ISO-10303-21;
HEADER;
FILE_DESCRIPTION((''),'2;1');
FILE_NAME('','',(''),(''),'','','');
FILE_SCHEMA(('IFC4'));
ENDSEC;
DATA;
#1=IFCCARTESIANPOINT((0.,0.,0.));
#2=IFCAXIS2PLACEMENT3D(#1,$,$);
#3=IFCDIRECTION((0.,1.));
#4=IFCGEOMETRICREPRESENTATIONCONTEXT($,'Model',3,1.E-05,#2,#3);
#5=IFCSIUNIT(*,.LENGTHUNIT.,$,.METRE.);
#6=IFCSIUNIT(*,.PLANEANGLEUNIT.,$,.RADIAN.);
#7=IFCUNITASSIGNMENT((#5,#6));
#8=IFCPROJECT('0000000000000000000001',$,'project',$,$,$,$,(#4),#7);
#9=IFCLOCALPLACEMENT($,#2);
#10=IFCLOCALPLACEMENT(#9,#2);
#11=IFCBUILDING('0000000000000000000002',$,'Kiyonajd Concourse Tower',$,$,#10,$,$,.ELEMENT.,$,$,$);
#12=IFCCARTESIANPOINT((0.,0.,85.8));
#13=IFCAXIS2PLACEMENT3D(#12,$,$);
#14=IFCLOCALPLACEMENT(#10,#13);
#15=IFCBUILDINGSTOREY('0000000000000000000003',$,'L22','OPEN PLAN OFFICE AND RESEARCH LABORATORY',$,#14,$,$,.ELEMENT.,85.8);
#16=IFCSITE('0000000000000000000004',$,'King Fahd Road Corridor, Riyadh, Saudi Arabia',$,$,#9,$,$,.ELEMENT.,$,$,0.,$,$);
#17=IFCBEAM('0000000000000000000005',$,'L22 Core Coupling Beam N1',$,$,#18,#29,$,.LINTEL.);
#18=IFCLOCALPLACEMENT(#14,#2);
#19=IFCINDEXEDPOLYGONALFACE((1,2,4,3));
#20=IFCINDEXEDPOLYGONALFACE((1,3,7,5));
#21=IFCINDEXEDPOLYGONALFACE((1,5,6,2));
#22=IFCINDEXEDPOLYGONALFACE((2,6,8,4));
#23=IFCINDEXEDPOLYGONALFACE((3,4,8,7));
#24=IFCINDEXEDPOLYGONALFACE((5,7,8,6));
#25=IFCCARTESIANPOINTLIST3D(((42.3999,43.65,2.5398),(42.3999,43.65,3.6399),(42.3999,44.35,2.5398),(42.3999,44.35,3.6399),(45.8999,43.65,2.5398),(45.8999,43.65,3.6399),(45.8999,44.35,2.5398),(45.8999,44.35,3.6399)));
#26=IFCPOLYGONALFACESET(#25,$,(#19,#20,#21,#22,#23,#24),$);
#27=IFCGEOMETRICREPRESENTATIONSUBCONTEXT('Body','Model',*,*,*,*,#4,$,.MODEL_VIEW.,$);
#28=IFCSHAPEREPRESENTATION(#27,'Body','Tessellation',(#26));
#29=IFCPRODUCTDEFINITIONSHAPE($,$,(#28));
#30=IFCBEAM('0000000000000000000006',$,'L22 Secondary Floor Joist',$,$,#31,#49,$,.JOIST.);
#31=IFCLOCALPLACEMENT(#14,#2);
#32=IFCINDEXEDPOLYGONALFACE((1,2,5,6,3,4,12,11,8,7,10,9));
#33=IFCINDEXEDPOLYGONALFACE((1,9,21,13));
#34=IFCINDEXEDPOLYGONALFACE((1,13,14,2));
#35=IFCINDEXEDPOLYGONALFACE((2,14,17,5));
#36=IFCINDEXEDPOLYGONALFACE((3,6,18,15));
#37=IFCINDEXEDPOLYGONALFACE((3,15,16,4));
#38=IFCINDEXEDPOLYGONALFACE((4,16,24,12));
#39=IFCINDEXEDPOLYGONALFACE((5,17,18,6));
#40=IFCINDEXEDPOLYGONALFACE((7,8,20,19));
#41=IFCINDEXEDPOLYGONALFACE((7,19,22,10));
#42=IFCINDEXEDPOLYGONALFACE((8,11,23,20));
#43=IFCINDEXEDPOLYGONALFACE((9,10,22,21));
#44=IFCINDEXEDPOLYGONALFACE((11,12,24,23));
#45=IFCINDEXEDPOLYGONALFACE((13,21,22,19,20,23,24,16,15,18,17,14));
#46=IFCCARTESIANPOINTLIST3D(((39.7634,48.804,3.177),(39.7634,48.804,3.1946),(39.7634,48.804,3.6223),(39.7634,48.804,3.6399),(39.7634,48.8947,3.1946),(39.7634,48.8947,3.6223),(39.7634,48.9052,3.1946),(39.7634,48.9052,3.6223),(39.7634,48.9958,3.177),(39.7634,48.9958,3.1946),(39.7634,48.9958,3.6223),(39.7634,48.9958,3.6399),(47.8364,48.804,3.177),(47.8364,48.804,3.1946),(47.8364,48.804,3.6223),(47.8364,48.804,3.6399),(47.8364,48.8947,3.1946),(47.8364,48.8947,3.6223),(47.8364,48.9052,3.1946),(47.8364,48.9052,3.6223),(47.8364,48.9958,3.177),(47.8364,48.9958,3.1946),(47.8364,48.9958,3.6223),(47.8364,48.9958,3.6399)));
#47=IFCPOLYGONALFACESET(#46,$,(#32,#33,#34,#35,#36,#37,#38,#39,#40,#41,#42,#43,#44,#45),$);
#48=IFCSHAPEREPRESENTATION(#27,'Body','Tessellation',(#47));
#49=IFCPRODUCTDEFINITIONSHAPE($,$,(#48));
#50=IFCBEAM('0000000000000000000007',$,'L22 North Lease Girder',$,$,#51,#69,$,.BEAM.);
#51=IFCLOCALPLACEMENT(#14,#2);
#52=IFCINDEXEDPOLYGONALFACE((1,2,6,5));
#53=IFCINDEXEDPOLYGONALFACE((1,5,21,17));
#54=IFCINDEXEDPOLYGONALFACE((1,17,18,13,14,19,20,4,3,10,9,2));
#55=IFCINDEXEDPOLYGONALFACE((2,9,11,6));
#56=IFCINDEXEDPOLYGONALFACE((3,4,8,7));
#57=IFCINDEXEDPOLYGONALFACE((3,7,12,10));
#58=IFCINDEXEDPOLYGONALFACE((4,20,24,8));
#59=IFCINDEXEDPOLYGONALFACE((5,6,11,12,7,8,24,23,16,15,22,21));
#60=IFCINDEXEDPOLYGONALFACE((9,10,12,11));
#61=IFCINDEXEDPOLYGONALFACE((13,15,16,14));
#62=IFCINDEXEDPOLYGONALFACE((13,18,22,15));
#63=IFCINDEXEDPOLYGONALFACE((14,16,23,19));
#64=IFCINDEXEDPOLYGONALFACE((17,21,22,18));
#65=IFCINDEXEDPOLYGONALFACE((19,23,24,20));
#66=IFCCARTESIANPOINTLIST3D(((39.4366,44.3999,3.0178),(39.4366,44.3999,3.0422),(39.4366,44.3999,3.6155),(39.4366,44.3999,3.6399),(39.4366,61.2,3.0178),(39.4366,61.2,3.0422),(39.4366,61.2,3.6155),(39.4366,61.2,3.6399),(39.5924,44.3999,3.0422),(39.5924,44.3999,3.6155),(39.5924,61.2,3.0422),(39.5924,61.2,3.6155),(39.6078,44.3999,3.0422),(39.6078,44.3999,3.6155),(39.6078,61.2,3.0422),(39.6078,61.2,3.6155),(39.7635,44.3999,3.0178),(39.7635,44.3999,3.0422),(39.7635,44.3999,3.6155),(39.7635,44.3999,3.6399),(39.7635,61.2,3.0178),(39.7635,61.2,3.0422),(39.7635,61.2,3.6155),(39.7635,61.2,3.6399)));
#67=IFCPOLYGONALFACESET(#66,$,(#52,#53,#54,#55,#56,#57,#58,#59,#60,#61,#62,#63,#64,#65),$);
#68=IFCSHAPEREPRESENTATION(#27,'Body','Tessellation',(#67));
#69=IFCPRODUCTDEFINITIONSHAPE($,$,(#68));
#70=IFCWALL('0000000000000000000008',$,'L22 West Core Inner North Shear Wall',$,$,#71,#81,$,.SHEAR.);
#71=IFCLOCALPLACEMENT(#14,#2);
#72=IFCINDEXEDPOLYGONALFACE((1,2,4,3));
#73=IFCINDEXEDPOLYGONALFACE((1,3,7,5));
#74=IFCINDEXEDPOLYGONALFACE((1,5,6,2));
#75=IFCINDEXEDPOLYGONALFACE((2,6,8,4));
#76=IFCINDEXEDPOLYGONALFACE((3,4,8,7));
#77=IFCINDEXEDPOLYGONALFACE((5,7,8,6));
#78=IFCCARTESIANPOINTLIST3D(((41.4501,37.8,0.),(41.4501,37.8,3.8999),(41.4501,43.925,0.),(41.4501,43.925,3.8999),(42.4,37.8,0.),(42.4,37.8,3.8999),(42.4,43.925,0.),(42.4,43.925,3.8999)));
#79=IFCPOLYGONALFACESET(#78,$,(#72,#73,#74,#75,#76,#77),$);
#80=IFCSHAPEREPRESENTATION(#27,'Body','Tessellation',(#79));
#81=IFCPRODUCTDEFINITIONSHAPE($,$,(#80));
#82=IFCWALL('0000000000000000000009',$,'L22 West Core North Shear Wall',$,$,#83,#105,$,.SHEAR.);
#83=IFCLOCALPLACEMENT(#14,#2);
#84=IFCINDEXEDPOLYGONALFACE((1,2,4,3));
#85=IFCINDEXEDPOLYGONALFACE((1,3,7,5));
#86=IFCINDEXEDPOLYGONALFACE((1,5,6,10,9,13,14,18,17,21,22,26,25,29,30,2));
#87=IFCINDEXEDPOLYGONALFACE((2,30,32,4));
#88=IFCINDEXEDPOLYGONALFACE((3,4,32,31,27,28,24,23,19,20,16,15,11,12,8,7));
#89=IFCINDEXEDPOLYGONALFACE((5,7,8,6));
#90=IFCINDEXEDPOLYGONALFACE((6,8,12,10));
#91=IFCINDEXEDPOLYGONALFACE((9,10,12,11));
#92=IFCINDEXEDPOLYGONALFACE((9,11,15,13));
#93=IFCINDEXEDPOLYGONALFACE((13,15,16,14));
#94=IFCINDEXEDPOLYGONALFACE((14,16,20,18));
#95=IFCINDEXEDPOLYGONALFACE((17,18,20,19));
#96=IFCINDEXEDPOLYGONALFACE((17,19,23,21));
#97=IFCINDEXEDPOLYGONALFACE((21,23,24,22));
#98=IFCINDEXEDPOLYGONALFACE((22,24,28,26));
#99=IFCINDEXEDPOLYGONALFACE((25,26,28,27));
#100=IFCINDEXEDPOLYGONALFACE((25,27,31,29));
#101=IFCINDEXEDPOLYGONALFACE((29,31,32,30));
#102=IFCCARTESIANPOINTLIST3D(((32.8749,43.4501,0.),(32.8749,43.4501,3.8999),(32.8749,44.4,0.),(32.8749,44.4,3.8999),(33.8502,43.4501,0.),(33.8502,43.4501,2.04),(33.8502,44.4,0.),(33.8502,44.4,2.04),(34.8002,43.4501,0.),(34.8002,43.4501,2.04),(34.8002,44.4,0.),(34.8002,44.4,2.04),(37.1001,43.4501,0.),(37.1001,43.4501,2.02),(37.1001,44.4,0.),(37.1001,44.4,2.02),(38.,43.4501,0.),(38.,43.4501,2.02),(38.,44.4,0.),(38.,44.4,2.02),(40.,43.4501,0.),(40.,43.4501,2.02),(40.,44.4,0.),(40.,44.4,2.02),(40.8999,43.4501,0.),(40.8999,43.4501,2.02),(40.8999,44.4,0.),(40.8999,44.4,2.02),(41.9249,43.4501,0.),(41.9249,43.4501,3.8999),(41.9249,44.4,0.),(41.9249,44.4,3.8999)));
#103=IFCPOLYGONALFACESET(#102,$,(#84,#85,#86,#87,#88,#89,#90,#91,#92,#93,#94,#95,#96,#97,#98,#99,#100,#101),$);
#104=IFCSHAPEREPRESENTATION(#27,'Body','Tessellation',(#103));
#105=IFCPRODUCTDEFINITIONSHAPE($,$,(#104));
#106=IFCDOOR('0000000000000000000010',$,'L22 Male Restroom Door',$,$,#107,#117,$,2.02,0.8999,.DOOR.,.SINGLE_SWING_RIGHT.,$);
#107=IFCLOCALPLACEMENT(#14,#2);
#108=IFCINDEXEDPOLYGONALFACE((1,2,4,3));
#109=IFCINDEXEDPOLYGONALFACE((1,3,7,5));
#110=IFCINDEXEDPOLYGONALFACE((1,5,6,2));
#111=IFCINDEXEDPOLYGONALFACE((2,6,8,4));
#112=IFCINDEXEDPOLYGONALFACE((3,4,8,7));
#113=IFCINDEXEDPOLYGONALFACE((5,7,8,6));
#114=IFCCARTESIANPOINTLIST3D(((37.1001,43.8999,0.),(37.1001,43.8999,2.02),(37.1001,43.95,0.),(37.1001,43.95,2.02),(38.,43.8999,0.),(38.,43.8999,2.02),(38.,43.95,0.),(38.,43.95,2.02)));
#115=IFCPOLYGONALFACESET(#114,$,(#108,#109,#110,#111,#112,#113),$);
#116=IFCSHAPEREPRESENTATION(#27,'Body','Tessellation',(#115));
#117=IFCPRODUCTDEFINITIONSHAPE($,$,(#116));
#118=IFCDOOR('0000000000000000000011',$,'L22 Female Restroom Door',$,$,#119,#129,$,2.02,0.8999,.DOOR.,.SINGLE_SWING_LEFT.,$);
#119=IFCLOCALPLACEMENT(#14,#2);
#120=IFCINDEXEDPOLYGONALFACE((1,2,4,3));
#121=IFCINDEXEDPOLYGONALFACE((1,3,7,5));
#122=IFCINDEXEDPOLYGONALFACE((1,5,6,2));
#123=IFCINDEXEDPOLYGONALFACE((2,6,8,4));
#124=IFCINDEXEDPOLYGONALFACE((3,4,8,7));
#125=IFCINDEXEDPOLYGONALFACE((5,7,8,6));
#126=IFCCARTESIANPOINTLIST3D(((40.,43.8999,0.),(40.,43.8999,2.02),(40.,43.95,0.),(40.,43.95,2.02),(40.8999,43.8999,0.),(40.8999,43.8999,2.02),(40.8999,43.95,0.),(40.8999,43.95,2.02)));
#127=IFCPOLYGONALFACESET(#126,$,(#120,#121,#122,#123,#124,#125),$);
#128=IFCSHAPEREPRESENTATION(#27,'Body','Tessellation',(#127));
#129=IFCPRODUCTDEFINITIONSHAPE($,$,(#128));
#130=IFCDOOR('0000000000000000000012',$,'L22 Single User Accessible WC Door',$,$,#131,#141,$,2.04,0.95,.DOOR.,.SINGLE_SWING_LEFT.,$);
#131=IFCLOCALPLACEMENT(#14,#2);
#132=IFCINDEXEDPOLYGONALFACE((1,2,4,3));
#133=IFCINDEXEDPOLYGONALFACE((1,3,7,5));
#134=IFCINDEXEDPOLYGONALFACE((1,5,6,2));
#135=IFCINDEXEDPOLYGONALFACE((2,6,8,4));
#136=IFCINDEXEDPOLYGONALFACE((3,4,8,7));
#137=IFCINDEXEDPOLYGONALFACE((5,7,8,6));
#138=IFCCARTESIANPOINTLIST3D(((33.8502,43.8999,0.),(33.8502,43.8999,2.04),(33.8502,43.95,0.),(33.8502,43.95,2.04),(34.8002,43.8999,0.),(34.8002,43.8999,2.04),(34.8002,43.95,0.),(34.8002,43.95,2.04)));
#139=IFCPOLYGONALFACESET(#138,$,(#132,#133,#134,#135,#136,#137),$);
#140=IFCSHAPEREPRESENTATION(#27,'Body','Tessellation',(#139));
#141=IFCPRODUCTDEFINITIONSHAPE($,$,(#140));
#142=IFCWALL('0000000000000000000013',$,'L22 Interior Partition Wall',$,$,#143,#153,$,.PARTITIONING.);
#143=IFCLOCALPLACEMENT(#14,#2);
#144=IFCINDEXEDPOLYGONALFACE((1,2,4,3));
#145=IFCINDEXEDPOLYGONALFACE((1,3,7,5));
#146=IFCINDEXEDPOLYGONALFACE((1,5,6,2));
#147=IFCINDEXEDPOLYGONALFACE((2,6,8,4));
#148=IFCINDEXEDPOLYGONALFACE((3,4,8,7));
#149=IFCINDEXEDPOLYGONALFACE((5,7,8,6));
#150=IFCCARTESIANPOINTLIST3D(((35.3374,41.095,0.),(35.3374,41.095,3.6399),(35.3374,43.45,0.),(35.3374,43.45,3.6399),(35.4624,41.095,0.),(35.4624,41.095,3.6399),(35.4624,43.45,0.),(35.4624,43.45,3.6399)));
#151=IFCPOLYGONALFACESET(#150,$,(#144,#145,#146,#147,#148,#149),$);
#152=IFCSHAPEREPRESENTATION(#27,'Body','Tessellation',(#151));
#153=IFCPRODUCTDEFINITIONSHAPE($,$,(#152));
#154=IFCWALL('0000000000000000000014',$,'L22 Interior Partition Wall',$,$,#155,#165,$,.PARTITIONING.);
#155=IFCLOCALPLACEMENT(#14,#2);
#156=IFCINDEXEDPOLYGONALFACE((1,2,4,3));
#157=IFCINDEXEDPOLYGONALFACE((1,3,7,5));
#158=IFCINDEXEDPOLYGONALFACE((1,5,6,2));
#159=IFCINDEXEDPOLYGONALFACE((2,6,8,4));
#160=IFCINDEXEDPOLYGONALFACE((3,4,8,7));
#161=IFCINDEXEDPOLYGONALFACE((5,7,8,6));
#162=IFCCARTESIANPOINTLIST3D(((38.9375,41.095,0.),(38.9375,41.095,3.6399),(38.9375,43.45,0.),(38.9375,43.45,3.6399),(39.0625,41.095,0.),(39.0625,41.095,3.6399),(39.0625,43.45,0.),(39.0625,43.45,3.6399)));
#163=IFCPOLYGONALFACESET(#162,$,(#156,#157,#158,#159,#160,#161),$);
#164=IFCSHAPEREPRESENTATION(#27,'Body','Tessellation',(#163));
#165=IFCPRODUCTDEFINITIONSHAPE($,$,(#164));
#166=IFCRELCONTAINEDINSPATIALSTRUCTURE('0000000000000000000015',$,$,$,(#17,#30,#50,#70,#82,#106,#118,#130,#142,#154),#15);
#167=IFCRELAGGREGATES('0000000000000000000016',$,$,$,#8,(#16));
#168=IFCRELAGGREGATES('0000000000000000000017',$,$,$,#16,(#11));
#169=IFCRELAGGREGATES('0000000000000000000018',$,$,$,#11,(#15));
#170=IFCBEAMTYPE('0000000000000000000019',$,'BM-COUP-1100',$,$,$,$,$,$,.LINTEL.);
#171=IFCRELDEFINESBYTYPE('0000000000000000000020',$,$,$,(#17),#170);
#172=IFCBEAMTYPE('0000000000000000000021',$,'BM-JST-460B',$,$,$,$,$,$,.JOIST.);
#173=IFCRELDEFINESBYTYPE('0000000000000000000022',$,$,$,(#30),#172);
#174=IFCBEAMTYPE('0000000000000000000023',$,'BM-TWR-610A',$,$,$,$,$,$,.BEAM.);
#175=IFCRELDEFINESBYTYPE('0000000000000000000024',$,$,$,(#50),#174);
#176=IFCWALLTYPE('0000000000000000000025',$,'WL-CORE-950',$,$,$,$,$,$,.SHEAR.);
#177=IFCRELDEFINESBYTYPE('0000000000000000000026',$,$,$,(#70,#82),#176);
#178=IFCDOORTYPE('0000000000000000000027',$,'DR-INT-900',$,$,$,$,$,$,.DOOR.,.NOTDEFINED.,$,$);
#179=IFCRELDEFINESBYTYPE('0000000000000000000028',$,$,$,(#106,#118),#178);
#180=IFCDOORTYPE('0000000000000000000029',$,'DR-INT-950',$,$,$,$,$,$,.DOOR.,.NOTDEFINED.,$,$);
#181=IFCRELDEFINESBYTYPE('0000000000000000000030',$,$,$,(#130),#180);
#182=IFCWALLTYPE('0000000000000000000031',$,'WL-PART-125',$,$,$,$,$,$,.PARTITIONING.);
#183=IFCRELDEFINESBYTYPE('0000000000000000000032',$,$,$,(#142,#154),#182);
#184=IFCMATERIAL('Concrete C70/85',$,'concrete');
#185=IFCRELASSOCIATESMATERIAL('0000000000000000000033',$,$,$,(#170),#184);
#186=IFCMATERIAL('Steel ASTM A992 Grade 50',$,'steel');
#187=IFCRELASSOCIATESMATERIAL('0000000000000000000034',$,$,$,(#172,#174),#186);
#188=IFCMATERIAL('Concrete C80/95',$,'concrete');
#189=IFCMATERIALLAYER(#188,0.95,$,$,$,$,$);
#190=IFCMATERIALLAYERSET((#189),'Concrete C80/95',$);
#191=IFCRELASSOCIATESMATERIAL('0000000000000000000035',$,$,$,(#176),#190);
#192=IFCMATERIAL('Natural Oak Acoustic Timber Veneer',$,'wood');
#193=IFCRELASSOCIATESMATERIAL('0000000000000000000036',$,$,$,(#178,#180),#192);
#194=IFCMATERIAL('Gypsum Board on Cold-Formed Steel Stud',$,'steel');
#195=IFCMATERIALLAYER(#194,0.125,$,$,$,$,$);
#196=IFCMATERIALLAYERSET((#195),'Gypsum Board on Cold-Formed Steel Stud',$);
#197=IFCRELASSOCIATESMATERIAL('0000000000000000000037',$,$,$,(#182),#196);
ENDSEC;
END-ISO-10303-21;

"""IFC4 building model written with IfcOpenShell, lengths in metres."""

from ifc_helpers import new_model, si_unit, direction, frame, frame_2d, origin, origin_2d, place, context, subcontext, project, spatial, rectangle, i_section, extrude, material, layer, layer_set, material_profile, profile_set, type_object, element, fill, save


model = new_model("IFC4")

# Units and contexts
model_context = context("Model", 3, precision=1e-05, world=origin(), true_north=direction((0.0, 1.0)))
body_context = subcontext(model_context, "Body", "Model", "MODEL_VIEW")
ifc_project = project(units=[si_unit("LENGTHUNIT", "METRE"), si_unit("PLANEANGLEUNIT", "RADIAN")], contexts=[model_context])

# Site, building, storey
site_placement = place(None, origin())
site = spatial("IfcSite", under=ifc_project, at=site_placement, Name="King Fahd Road Corridor, Riyadh, Saudi Arabia", CompositionType="ELEMENT", RefElevation=0.0)
building_placement = place(site_placement, origin())
building = spatial("IfcBuilding", under=site, at=building_placement, Name="Kiyonajd Concourse Tower", CompositionType="ELEMENT")
storey_placement = place(building_placement, frame((0.0, 0.0, 85.8)))
storey = spatial("IfcBuildingStorey", under=building, at=storey_placement, Name="L22", Description="OPEN PLAN OFFICE AND RESEARCH LABORATORY", CompositionType="ELEMENT", Elevation=85.8)

# Beams
ifc_material_1 = material(Name="Concrete C70/85", Category="concrete")
ifc_material_profile_1 = material_profile(ifc_material_1, rectangle(XDim=0.7, YDim=1.1001, at=origin_2d()), Name="RCBM-700x1100")
ifc_profile_set_1 = profile_set([ifc_material_profile_1], Name="Concrete C70/85")
beam_type_1 = type_object("IfcBeamType", Name="BM-COUP-1100", PredefinedType="LINTEL", material=ifc_profile_set_1)
beam_1_placement = place(storey_placement, frame((42.3999, 44.0, 3.0898), z_axis=(1.0, 0.0, 0.0), x_axis=(0.0, 1.0, 0.0)))
element("IfcBeam", 1, at=beam_1_placement, inside=storey, type_object=beam_type_1, Name="L22 Core Coupling Beam N1", PredefinedType="LINTEL", context=body_context, shape_type="SweptSolid", body=[
    extrude(rectangle(XDim=0.7, YDim=1.1001, at=origin_2d()), origin(), (0.0, 0.0, 1.0), 3.5),
])
ifc_material_2 = material(Name="Steel ASTM A992 Grade 50", Category="steel")
ifc_material_profile_2 = material_profile(ifc_material_2, i_section(OverallWidth=0.1919, OverallDepth=0.4629, WebThickness=0.0105, FlangeThickness=0.0176, at=origin_2d()), Name="W460X89")
ifc_profile_set_2 = profile_set([ifc_material_profile_2], Name="Steel ASTM A992 Grade 50")
beam_type_2 = type_object("IfcBeamType", Name="BM-JST-460B", PredefinedType="JOIST", material=ifc_profile_set_2)
beam_2_placement = place(storey_placement, frame((39.7634, 48.8999, 3.4084), z_axis=(1.0, 0.0, 0.0), x_axis=(0.0, 1.0, 0.0)))
element("IfcBeam", 2, at=beam_2_placement, inside=storey, type_object=beam_type_2, Name="L22 Secondary Floor Joist", PredefinedType="JOIST", context=body_context, shape_type="SweptSolid", body=[
    extrude(i_section(OverallWidth=0.1919, OverallDepth=0.4629, WebThickness=0.0105, FlangeThickness=0.0176, at=origin_2d()), origin(), (0.0, 0.0, 1.0), 8.073),
])
ifc_material_profile_3 = material_profile(ifc_material_2, i_section(OverallWidth=0.3269, OverallDepth=0.6221, WebThickness=0.0154, FlangeThickness=0.0244, at=origin_2d()), Name="W610X195")
ifc_profile_set_3 = profile_set([ifc_material_profile_3], Name="Steel ASTM A992 Grade 50")
beam_type_3 = type_object("IfcBeamType", Name="BM-TWR-610A", PredefinedType="BEAM", material=ifc_profile_set_3)
beam_3_placement = place(storey_placement, frame((39.6001, 44.3999, 3.3289), z_axis=(0.0, 1.0, 0.0), x_axis=(-1.0, 0.0, 0.0)))
element("IfcBeam", 3, at=beam_3_placement, inside=storey, type_object=beam_type_3, Name="L22 North Lease Girder", PredefinedType="BEAM", context=body_context, shape_type="SweptSolid", body=[
    extrude(i_section(OverallWidth=0.3269, OverallDepth=0.6221, WebThickness=0.0154, FlangeThickness=0.0244, at=origin_2d()), origin(), (0.0, 0.0, 1.0), 16.8),
])

# Wall
ifc_material_3 = material(Name="Concrete C80/95", Category="concrete")
ifc_layer_1 = layer(ifc_material_3, 0.95)
ifc_layer_set_1 = layer_set([ifc_layer_1], Name="Concrete C80/95")
wall_type_1 = type_object("IfcWallType", Name="WL-CORE-950", PredefinedType="SHEAR", material=ifc_layer_set_1)
wall_1_placement = place(storey_placement, frame((41.925, 37.8, 0.0), z_axis=(0.0, 0.0, 1.0), x_axis=(0.0, 1.0, 0.0)))
element("IfcWall", 4, at=wall_1_placement, inside=storey, type_object=wall_type_1, Name="L22 West Core Inner North Shear Wall", PredefinedType="SHEAR", context=body_context, shape_type="SweptSolid", body=[
    extrude(rectangle(XDim=6.125, YDim=0.95, at=frame_2d((3.0625, 0.0))), origin(), (0.0, 0.0, 1.0), 3.8999),
])

# Wall, openings, doors
wall_2_placement = place(storey_placement, frame((32.875, 43.925, 0.0), z_axis=(0.0, 0.0, 1.0), x_axis=(1.0, 0.0, 0.0)))
wall_2 = element("IfcWall", 5, at=wall_2_placement, inside=storey, type_object=wall_type_1, Name="L22 West Core North Shear Wall", PredefinedType="SHEAR", context=body_context, shape_type="SweptSolid", body=[
    extrude(rectangle(XDim=9.05, YDim=0.95, at=frame_2d((4.5249, 0.0))), origin(), (0.0, 0.0, 1.0), 3.8999),
])
opening_1_placement = place(wall_2_placement, frame((0.9751, 0.0, 0.0)))
opening_1 = element("IfcOpeningElement", 6, at=opening_1_placement, cuts=wall_2, PredefinedType="OPENING", context=body_context, shape_type="SweptSolid", body=[
    extrude(rectangle(XDim=0.95, YDim=2.04, at=frame_2d((0.4751, 1.02))), frame((0.0, 0.4849, 0.0), z_axis=(0.0, -1.0, 0.0), x_axis=(1.0, 0.0, 0.0)), (0.0, 0.0, 1.0), 0.97),
])
opening_2_placement = place(wall_2_placement, frame((4.2251, 0.0, 0.0)))
opening_2 = element("IfcOpeningElement", 7, at=opening_2_placement, cuts=wall_2, PredefinedType="OPENING", context=body_context, shape_type="SweptSolid", body=[
    extrude(rectangle(XDim=0.8999, YDim=2.02, at=frame_2d((0.45, 1.01))), frame((0.0, 0.4849, 0.0), z_axis=(0.0, -1.0, 0.0), x_axis=(1.0, 0.0, 0.0)), (0.0, 0.0, 1.0), 0.97),
])
opening_3_placement = place(wall_2_placement, frame((7.125, 0.0, 0.0)))
opening_3 = element("IfcOpeningElement", 8, at=opening_3_placement, cuts=wall_2, PredefinedType="OPENING", context=body_context, shape_type="SweptSolid", body=[
    extrude(rectangle(XDim=0.8999, YDim=2.02, at=frame_2d((0.45, 1.01))), frame((0.0, 0.4849, 0.0), z_axis=(0.0, -1.0, 0.0), x_axis=(1.0, 0.0, 0.0)), (0.0, 0.0, 1.0), 0.97),
])
ifc_material_4 = material(Name="Natural Oak Acoustic Timber Veneer", Category="wood")
door_type_1 = type_object("IfcDoorType", Name="DR-INT-900", OperationType="NOTDEFINED", PredefinedType="DOOR", material=ifc_material_4)
door_1_placement = place(opening_2_placement, origin())
door_1 = element("IfcDoor", 9, at=door_1_placement, inside=storey, type_object=door_type_1, Name="L22 Male Restroom Door", OperationType="SINGLE_SWING_RIGHT", OverallHeight=2.02, OverallWidth=0.8999, PredefinedType="DOOR", context=body_context, shape_type="SweptSolid", body=[
    extrude(rectangle(XDim=0.8999, YDim=2.02, at=frame_2d((0.45, 1.01))), frame((0.0, 0.0249, 0.0), z_axis=(0.0, -1.0, 0.0), x_axis=(1.0, 0.0, 0.0)), (0.0, 0.0, 1.0), 0.05),
])
fill(opening_2, door_1)
door_2_placement = place(opening_3_placement, origin())
door_2 = element("IfcDoor", 10, at=door_2_placement, inside=storey, type_object=door_type_1, Name="L22 Female Restroom Door", OperationType="SINGLE_SWING_LEFT", OverallHeight=2.02, OverallWidth=0.8999, PredefinedType="DOOR", context=body_context, shape_type="SweptSolid", body=[
    extrude(rectangle(XDim=0.8999, YDim=2.02, at=frame_2d((0.45, 1.01))), frame((0.0, 0.0249, 0.0), z_axis=(0.0, -1.0, 0.0), x_axis=(1.0, 0.0, 0.0)), (0.0, 0.0, 1.0), 0.05),
])
fill(opening_3, door_2)
door_type_2 = type_object("IfcDoorType", Name="DR-INT-950", OperationType="NOTDEFINED", PredefinedType="DOOR", material=ifc_material_4)
door_3_placement = place(opening_1_placement, origin())
door_3 = element("IfcDoor", 11, at=door_3_placement, inside=storey, type_object=door_type_2, Name="L22 Single User Accessible WC Door", OperationType="SINGLE_SWING_LEFT", OverallHeight=2.04, OverallWidth=0.95, PredefinedType="DOOR", context=body_context, shape_type="SweptSolid", body=[
    extrude(rectangle(XDim=0.95, YDim=2.04, at=frame_2d((0.4751, 1.02))), frame((0.0, 0.0249, 0.0), z_axis=(0.0, -1.0, 0.0), x_axis=(1.0, 0.0, 0.0)), (0.0, 0.0, 1.0), 0.05),
])
fill(opening_1, door_3)

# Walls
ifc_material_5 = material(Name="Gypsum Board on Cold-Formed Steel Stud", Category="steel")
ifc_layer_2 = layer(ifc_material_5, 0.125)
ifc_layer_set_2 = layer_set([ifc_layer_2], Name="Gypsum Board on Cold-Formed Steel Stud")
wall_type_2 = type_object("IfcWallType", Name="WL-PART-125", PredefinedType="PARTITIONING", material=ifc_layer_set_2)
for number, where, z_axis, x_axis, name in (
    (12, (35.3999, 41.095, 0.0), (0.0, 0.0, 1.0), (0.0, 1.0, 0.0), "L22 Interior Partition Wall"),
    (13, (39.0, 41.095, 0.0), (0.0, 0.0, 1.0), (0.0, 1.0, 0.0), "L22 Interior Partition Wall"),
):
    element("IfcWall", number, at=place(storey_placement, frame(where, z_axis=z_axis, x_axis=x_axis)), inside=storey, type_object=wall_type_2, Name=name, PredefinedType="PARTITIONING", context=body_context, shape_type="SweptSolid", body=[
        extrude(rectangle(XDim=2.355, YDim=0.125, at=frame_2d((1.1775, 0.0))), origin(), (0.0, 0.0, 1.0), 3.6399),
    ])

save(model, "model.ifc")
